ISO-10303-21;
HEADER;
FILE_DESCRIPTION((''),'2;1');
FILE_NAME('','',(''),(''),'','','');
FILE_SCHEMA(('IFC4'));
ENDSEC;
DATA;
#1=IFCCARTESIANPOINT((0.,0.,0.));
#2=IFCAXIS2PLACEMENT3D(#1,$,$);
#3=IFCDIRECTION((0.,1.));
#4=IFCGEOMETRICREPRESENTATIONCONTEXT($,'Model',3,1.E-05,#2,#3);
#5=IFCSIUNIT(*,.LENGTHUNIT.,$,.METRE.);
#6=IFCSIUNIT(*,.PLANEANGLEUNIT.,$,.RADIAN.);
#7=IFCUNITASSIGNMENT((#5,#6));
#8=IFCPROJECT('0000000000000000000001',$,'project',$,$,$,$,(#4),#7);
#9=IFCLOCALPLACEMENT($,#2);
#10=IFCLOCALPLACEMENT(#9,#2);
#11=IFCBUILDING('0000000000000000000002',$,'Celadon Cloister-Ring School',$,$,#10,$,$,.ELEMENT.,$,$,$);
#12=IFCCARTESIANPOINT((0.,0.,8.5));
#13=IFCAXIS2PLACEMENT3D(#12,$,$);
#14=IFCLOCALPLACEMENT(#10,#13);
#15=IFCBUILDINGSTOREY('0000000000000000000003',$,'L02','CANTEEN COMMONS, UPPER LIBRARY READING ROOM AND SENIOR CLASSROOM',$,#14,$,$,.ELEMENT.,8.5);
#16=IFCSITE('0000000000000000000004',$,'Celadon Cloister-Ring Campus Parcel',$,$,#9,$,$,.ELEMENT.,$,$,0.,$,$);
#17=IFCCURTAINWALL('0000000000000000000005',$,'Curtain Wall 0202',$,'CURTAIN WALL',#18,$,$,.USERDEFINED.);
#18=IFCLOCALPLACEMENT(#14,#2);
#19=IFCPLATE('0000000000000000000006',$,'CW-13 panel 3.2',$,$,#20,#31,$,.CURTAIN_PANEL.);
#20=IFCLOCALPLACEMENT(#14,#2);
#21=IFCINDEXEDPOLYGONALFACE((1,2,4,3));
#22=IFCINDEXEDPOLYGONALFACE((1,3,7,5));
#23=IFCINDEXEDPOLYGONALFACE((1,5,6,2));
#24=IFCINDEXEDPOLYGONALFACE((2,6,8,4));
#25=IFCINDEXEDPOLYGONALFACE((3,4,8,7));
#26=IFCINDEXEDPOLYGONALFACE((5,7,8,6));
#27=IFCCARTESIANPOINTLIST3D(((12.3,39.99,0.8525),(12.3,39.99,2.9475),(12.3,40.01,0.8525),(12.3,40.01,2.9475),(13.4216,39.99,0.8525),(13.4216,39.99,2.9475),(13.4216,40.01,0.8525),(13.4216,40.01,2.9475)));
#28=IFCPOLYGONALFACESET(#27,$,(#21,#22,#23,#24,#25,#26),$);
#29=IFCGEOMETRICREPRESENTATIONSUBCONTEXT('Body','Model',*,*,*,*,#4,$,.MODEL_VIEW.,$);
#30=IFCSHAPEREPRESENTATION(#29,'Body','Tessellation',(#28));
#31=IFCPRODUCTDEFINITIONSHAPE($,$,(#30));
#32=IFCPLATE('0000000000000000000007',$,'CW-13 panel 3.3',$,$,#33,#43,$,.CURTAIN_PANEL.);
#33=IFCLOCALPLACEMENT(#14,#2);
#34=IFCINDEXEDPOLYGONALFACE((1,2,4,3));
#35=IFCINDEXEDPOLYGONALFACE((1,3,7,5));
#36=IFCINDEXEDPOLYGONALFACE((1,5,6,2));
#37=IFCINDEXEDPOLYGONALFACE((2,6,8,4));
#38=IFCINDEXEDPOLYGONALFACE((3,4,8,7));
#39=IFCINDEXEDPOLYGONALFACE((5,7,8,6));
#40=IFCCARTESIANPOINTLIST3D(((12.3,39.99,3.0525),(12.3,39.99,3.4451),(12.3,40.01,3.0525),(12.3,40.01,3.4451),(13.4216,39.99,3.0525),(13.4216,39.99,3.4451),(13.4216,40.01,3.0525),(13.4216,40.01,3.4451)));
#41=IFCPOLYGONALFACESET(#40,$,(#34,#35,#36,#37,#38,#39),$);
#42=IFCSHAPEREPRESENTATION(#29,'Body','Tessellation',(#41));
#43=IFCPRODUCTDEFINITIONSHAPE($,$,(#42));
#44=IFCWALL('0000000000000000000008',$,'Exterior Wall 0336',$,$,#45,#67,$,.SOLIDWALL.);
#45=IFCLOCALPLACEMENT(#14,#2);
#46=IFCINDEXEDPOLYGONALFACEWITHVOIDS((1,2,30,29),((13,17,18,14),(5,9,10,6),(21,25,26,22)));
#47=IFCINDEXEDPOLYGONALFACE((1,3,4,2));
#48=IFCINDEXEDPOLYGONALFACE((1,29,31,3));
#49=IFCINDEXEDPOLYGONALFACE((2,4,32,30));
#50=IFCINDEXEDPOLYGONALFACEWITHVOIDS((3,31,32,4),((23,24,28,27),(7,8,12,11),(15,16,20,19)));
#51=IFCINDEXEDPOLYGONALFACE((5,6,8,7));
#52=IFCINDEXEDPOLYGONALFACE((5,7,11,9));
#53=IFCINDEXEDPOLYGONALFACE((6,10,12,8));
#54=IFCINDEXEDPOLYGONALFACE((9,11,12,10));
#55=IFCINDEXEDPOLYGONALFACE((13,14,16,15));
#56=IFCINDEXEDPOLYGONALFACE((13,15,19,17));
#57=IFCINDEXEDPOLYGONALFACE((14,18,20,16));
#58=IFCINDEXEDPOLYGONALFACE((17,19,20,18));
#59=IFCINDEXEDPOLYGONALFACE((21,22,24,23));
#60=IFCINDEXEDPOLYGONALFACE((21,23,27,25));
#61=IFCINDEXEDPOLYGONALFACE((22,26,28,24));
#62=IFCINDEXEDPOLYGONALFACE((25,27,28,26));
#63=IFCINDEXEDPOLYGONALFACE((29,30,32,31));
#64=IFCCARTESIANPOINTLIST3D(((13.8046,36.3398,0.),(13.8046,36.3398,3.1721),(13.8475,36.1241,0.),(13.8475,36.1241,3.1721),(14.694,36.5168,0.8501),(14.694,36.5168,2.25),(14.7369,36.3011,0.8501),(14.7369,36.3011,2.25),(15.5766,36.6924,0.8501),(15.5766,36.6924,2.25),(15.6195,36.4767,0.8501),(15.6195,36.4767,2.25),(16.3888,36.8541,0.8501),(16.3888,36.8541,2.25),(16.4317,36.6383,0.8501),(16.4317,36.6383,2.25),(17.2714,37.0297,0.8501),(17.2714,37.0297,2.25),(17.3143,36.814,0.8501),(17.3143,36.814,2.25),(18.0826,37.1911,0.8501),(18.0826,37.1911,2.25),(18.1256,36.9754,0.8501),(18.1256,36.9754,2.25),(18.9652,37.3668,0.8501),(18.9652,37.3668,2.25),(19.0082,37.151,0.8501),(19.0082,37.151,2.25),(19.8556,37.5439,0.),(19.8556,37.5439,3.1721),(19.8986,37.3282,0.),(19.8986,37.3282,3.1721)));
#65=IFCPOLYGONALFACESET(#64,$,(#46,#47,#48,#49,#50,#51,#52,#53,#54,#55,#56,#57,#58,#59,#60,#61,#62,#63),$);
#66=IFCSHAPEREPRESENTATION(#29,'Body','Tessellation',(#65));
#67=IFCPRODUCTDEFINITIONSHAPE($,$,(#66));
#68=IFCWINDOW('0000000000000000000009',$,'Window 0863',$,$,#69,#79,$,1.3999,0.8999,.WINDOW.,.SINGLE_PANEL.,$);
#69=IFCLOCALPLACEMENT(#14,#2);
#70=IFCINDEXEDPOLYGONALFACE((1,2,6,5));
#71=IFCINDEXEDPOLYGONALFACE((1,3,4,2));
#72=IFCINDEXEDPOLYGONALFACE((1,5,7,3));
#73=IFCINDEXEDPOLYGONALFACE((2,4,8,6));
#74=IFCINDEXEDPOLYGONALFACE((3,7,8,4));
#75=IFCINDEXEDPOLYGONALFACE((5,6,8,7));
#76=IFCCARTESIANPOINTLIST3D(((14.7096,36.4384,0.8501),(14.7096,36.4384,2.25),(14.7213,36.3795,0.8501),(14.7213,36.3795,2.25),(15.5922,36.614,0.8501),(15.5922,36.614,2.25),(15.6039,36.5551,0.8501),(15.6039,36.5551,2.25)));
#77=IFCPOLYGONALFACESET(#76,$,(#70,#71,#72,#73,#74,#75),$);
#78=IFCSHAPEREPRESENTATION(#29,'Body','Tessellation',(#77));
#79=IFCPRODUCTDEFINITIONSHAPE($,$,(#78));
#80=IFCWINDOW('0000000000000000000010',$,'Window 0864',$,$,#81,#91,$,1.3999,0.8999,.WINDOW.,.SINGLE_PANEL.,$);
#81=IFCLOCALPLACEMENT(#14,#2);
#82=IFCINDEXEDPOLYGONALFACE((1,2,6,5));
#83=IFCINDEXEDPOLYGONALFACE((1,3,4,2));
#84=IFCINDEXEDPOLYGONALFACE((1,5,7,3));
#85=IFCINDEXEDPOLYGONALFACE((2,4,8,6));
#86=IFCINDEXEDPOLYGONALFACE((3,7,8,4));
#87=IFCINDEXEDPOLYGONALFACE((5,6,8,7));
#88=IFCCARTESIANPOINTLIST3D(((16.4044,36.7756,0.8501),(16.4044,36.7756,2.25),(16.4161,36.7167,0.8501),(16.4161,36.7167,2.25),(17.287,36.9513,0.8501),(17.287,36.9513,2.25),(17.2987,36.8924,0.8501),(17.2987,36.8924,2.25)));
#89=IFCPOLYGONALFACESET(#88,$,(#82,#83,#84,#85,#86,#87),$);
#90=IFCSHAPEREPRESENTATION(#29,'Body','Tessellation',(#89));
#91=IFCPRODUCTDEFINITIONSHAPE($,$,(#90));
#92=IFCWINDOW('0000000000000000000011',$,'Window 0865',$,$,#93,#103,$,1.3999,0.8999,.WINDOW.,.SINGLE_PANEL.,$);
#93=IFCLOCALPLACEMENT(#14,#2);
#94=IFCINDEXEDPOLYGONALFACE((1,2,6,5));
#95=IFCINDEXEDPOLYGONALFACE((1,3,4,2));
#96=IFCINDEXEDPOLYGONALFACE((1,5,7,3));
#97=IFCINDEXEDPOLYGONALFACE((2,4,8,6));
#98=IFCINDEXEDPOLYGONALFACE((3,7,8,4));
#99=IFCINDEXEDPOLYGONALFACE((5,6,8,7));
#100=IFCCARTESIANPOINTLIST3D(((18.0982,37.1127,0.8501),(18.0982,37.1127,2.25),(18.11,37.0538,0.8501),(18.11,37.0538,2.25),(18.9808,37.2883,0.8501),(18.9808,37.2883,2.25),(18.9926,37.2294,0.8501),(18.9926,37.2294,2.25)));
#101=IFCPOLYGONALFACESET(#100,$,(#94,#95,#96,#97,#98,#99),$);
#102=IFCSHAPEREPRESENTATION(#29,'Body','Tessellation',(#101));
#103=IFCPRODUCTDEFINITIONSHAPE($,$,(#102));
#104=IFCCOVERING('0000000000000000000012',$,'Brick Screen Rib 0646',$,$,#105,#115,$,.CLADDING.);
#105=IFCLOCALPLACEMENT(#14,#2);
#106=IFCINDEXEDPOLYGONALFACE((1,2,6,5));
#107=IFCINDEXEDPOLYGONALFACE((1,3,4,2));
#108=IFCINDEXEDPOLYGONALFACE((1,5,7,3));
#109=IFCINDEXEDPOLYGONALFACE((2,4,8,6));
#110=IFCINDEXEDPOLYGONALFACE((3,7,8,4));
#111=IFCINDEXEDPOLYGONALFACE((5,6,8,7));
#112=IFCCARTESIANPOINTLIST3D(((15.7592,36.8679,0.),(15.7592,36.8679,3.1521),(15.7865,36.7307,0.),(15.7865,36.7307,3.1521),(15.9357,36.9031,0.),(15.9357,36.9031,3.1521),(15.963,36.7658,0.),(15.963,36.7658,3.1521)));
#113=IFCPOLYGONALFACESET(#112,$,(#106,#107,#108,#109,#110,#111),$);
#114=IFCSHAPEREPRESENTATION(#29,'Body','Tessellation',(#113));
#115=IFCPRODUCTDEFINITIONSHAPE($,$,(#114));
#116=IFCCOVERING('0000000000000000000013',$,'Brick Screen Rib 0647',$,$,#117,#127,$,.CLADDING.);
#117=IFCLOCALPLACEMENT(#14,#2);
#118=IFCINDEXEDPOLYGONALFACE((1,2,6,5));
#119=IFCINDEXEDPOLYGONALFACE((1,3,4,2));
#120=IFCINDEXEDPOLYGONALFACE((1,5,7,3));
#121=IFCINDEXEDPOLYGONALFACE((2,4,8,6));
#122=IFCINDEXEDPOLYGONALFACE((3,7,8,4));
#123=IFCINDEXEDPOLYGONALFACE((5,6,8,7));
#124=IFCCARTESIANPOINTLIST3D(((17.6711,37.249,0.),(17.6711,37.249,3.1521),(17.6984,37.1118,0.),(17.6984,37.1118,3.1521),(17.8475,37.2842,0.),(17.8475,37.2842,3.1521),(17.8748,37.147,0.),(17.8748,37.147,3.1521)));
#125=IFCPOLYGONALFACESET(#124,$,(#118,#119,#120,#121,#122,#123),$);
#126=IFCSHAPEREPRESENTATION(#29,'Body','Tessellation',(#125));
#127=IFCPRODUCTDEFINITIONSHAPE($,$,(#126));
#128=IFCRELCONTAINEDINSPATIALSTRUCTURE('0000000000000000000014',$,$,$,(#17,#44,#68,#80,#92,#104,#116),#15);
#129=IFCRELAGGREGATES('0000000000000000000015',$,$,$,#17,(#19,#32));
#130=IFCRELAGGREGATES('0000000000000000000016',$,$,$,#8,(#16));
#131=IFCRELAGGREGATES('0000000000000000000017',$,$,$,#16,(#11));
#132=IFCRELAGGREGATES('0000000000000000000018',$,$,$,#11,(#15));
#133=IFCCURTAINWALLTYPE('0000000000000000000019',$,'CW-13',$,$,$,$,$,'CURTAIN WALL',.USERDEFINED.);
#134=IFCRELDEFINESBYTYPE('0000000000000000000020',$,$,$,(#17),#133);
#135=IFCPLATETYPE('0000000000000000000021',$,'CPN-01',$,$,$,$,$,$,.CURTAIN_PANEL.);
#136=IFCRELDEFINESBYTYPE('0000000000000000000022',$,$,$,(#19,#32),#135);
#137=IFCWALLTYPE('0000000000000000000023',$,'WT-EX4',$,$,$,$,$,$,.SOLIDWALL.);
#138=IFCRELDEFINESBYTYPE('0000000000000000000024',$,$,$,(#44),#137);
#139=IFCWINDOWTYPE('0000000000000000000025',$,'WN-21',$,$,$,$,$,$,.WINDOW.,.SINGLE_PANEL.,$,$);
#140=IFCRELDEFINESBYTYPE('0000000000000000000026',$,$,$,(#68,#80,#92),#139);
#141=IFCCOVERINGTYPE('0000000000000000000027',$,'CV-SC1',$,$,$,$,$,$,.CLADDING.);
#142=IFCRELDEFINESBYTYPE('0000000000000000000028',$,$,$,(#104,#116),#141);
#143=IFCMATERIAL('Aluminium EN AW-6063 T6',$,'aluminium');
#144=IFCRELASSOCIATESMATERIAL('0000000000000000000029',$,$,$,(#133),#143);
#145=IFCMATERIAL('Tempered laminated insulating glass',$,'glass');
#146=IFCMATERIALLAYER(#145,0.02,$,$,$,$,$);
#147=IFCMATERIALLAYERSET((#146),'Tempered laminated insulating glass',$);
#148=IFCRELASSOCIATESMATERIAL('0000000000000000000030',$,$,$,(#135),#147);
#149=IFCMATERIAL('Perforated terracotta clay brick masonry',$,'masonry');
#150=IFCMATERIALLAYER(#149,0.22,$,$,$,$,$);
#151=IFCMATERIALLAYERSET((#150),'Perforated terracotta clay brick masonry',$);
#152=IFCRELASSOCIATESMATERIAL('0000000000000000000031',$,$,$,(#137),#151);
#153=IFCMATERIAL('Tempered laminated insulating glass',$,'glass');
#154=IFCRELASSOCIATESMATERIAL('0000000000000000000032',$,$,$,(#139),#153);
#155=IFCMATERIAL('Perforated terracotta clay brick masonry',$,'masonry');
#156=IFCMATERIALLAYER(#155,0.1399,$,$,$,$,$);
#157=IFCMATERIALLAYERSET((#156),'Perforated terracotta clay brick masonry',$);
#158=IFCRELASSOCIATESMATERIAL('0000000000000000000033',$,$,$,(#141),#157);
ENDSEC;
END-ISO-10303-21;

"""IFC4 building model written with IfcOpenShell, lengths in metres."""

from ifc_helpers import new_model, si_unit, direction, frame, frame_2d, origin, origin_2d, place, context, subcontext, project, spatial, rectangle, extrude, material, layer, layer_set, type_object, element, fill, aggregate, save


model = new_model("IFC4")

# Units and contexts
model_context = context("Model", 3, precision=1e-05, world=origin(), true_north=direction((0.0, 1.0)))
body_context = subcontext(model_context, "Body", "Model", "MODEL_VIEW")
ifc_project = project(units=[si_unit("LENGTHUNIT", "METRE"), si_unit("PLANEANGLEUNIT", "RADIAN")], contexts=[model_context])

# Site, building, storey
site_placement = place(None, origin())
site = spatial("IfcSite", under=ifc_project, at=site_placement, Name="Celadon Cloister-Ring Campus Parcel", CompositionType="ELEMENT", RefElevation=0.0)
building_placement = place(site_placement, origin())
building = spatial("IfcBuilding", under=site, at=building_placement, Name="Celadon Cloister-Ring School", CompositionType="ELEMENT")
storey_placement = place(building_placement, frame((0.0, 0.0, 8.5)))
storey = spatial("IfcBuildingStorey", under=building, at=storey_placement, Name="L02", Description="CANTEEN COMMONS, UPPER LIBRARY READING ROOM AND SENIOR CLASSROOM", CompositionType="ELEMENT", Elevation=8.5)

# Curtain wall
ifc_material_1 = material(Name="Aluminium EN AW-6063 T6", Category="aluminium")
curtain_wall_type = type_object("IfcCurtainWallType", Name="CW-13", ElementType="CURTAIN WALL", PredefinedType="USERDEFINED", material=ifc_material_1)
curtain_wall_placement = place(storey_placement, origin())
curtain_wall = element("IfcCurtainWall", 1, at=curtain_wall_placement, inside=storey, type_object=curtain_wall_type, Name="Curtain Wall 0202", ObjectType="CURTAIN WALL", PredefinedType="USERDEFINED")

# Plates
ifc_material_2 = material(Name="Tempered laminated insulating glass", Category="glass")
ifc_layer_1 = layer(ifc_material_2, 0.02)
ifc_layer_set_1 = layer_set([ifc_layer_1], Name="Tempered laminated insulating glass")
plate_type = type_object("IfcPlateType", Name="CPN-01", PredefinedType="CURTAIN_PANEL", material=ifc_layer_set_1)
plate_1_placement = place(storey_placement, frame((12.8608, 40.0, 0.8525), z_axis=(0.0, 0.0, 1.0), x_axis=(-1.0, 0.0, 0.0)))
plate_1 = element("IfcPlate", 2, at=plate_1_placement, type_object=plate_type, Name="CW-13 panel 3.2", PredefinedType="CURTAIN_PANEL", context=body_context, shape_type="SweptSolid", body=[
    extrude(rectangle(XDim=1.1216, YDim=0.02, at=origin_2d()), origin(), (0.0, 0.0, 1.0), 2.095),
])
plate_2_placement = place(storey_placement, frame((12.8608, 40.0, 3.0525), z_axis=(0.0, 0.0, 1.0), x_axis=(-1.0, 0.0, 0.0)))
plate_2 = element("IfcPlate", 3, at=plate_2_placement, type_object=plate_type, Name="CW-13 panel 3.3", PredefinedType="CURTAIN_PANEL", context=body_context, shape_type="SweptSolid", body=[
    extrude(rectangle(XDim=1.1216, YDim=0.02, at=origin_2d()), origin(), (0.0, 0.0, 1.0), 0.3926),
])
aggregate(curtain_wall, [plate_1, plate_2])

# Wall, openings, windows
ifc_material_3 = material(Name="Perforated terracotta clay brick masonry", Category="masonry")
ifc_layer_2 = layer(ifc_material_3, 0.22)
ifc_layer_set_2 = layer_set([ifc_layer_2], Name="Perforated terracotta clay brick masonry")
wall_type = type_object("IfcWallType", Name="WT-EX4", PredefinedType="SOLIDWALL", material=ifc_layer_set_2)
wall_placement = place(storey_placement, frame((13.8259, 36.2319, 0.0), z_axis=(0.0, 0.0, 1.0), x_axis=(0.98077, 0.195165, 0.0)))
wall = element("IfcWall", 4, at=wall_placement, inside=storey, type_object=wall_type, Name="Exterior Wall 0336", PredefinedType="SOLIDWALL", context=body_context, shape_type="SweptSolid", body=[
    extrude(rectangle(XDim=6.1697, YDim=0.22, at=frame_2d((3.085, 0.0))), origin(), (0.0, 0.0, 1.0), 3.1721),
])
opening_1_placement = place(wall_placement, frame((0.907, 0.0, 0.8501)))
opening_1 = element("IfcOpeningElement", 5, at=opening_1_placement, cuts=wall, PredefinedType="OPENING", context=body_context, shape_type="SweptSolid", body=[
    extrude(rectangle(XDim=0.8999, YDim=1.3999, at=frame_2d((0.45, 0.7))), frame((0.0, 0.1201, 0.0), z_axis=(0.0, -1.0, 0.0), x_axis=(1.0, 0.0, 0.0)), (0.0, 0.0, 1.0), 0.24),
])
opening_2_placement = place(wall_placement, frame((2.635, 0.0, 0.8501)))
opening_2 = element("IfcOpeningElement", 6, at=opening_2_placement, cuts=wall, PredefinedType="OPENING", context=body_context, shape_type="SweptSolid", body=[
    extrude(rectangle(XDim=0.8999, YDim=1.3999, at=frame_2d((0.45, 0.7))), frame((0.0, 0.1201, 0.0), z_axis=(0.0, -1.0, 0.0), x_axis=(1.0, 0.0, 0.0)), (0.0, 0.0, 1.0), 0.24),
])
opening_3_placement = place(wall_placement, frame((4.3621, 0.0, 0.8501)))
opening_3 = element("IfcOpeningElement", 7, at=opening_3_placement, cuts=wall, PredefinedType="OPENING", context=body_context, shape_type="SweptSolid", body=[
    extrude(rectangle(XDim=0.8999, YDim=1.3999, at=frame_2d((0.45, 0.7))), frame((0.0, 0.1201, 0.0), z_axis=(0.0, -1.0, 0.0), x_axis=(1.0, 0.0, 0.0)), (0.0, 0.0, 1.0), 0.24),
])
ifc_material_4 = material(Name="Tempered laminated insulating glass", Category="glass")
window_type = type_object("IfcWindowType", Name="WN-21", PartitioningType="SINGLE_PANEL", PredefinedType="WINDOW", material=ifc_material_4)
window_1_placement = place(opening_1_placement, origin())
window_1 = element("IfcWindow", 8, at=window_1_placement, inside=storey, type_object=window_type, Name="Window 0863", OverallHeight=1.3999, OverallWidth=0.8999, PartitioningType="SINGLE_PANEL", PredefinedType="WINDOW", context=body_context, shape_type="SweptSolid", body=[
    extrude(rectangle(XDim=0.8999, YDim=1.3999, at=frame_2d((0.45, 0.7))), frame((0.0, 0.03, 0.0), z_axis=(0.0, -1.0, 0.0), x_axis=(1.0, 0.0, 0.0)), (0.0, 0.0, 1.0), 0.0601),
])
fill(opening_1, window_1)
window_2_placement = place(opening_2_placement, origin())
window_2 = element("IfcWindow", 9, at=window_2_placement, inside=storey, type_object=window_type, Name="Window 0864", OverallHeight=1.3999, OverallWidth=0.8999, PartitioningType="SINGLE_PANEL", PredefinedType="WINDOW", context=body_context, shape_type="SweptSolid", body=[
    extrude(rectangle(XDim=0.8999, YDim=1.3999, at=frame_2d((0.45, 0.7))), frame((0.0, 0.03, 0.0), z_axis=(0.0, -1.0, 0.0), x_axis=(1.0, 0.0, 0.0)), (0.0, 0.0, 1.0), 0.0601),
])
fill(opening_2, window_2)
window_3_placement = place(opening_3_placement, origin())
window_3 = element("IfcWindow", 10, at=window_3_placement, inside=storey, type_object=window_type, Name="Window 0865", OverallHeight=1.3999, OverallWidth=0.8999, PartitioningType="SINGLE_PANEL", PredefinedType="WINDOW", context=body_context, shape_type="SweptSolid", body=[
    extrude(rectangle(XDim=0.8999, YDim=1.3999, at=frame_2d((0.45, 0.7))), frame((0.0, 0.03, 0.0), z_axis=(0.0, -1.0, 0.0), x_axis=(1.0, 0.0, 0.0)), (0.0, 0.0, 1.0), 0.0601),
])
fill(opening_3, window_3)

# Coverings
ifc_material_5 = material(Name="Perforated terracotta clay brick masonry", Category="masonry")
ifc_layer_3 = layer(ifc_material_5, 0.1399)
ifc_layer_set_3 = layer_set([ifc_layer_3], Name="Perforated terracotta clay brick masonry")
covering_type = type_object("IfcCoveringType", Name="CV-SC1", PredefinedType="CLADDING", material=ifc_layer_set_3)
for number, where, z_axis, x_axis, name in (
    (11, (15.8611, 36.8169, 0.0), (0.0, 0.0, 1.0), (0.980775, 0.195142, 0.0), "Brick Screen Rib 0646"),
    (12, (17.7729, 37.198, 0.0), (0.0, 0.0, 1.0), (0.980775, 0.195142, 0.0), "Brick Screen Rib 0647"),
):
    element("IfcCovering", number, at=place(storey_placement, frame(where, z_axis=z_axis, x_axis=x_axis)), inside=storey, type_object=covering_type, Name=name, PredefinedType="CLADDING", context=body_context, shape_type="SweptSolid", body=[
        extrude(rectangle(XDim=0.1799, YDim=0.1399, at=origin_2d()), origin(), (0.0, 0.0, 1.0), 3.1521),
    ])

save(model, "model.ifc")
